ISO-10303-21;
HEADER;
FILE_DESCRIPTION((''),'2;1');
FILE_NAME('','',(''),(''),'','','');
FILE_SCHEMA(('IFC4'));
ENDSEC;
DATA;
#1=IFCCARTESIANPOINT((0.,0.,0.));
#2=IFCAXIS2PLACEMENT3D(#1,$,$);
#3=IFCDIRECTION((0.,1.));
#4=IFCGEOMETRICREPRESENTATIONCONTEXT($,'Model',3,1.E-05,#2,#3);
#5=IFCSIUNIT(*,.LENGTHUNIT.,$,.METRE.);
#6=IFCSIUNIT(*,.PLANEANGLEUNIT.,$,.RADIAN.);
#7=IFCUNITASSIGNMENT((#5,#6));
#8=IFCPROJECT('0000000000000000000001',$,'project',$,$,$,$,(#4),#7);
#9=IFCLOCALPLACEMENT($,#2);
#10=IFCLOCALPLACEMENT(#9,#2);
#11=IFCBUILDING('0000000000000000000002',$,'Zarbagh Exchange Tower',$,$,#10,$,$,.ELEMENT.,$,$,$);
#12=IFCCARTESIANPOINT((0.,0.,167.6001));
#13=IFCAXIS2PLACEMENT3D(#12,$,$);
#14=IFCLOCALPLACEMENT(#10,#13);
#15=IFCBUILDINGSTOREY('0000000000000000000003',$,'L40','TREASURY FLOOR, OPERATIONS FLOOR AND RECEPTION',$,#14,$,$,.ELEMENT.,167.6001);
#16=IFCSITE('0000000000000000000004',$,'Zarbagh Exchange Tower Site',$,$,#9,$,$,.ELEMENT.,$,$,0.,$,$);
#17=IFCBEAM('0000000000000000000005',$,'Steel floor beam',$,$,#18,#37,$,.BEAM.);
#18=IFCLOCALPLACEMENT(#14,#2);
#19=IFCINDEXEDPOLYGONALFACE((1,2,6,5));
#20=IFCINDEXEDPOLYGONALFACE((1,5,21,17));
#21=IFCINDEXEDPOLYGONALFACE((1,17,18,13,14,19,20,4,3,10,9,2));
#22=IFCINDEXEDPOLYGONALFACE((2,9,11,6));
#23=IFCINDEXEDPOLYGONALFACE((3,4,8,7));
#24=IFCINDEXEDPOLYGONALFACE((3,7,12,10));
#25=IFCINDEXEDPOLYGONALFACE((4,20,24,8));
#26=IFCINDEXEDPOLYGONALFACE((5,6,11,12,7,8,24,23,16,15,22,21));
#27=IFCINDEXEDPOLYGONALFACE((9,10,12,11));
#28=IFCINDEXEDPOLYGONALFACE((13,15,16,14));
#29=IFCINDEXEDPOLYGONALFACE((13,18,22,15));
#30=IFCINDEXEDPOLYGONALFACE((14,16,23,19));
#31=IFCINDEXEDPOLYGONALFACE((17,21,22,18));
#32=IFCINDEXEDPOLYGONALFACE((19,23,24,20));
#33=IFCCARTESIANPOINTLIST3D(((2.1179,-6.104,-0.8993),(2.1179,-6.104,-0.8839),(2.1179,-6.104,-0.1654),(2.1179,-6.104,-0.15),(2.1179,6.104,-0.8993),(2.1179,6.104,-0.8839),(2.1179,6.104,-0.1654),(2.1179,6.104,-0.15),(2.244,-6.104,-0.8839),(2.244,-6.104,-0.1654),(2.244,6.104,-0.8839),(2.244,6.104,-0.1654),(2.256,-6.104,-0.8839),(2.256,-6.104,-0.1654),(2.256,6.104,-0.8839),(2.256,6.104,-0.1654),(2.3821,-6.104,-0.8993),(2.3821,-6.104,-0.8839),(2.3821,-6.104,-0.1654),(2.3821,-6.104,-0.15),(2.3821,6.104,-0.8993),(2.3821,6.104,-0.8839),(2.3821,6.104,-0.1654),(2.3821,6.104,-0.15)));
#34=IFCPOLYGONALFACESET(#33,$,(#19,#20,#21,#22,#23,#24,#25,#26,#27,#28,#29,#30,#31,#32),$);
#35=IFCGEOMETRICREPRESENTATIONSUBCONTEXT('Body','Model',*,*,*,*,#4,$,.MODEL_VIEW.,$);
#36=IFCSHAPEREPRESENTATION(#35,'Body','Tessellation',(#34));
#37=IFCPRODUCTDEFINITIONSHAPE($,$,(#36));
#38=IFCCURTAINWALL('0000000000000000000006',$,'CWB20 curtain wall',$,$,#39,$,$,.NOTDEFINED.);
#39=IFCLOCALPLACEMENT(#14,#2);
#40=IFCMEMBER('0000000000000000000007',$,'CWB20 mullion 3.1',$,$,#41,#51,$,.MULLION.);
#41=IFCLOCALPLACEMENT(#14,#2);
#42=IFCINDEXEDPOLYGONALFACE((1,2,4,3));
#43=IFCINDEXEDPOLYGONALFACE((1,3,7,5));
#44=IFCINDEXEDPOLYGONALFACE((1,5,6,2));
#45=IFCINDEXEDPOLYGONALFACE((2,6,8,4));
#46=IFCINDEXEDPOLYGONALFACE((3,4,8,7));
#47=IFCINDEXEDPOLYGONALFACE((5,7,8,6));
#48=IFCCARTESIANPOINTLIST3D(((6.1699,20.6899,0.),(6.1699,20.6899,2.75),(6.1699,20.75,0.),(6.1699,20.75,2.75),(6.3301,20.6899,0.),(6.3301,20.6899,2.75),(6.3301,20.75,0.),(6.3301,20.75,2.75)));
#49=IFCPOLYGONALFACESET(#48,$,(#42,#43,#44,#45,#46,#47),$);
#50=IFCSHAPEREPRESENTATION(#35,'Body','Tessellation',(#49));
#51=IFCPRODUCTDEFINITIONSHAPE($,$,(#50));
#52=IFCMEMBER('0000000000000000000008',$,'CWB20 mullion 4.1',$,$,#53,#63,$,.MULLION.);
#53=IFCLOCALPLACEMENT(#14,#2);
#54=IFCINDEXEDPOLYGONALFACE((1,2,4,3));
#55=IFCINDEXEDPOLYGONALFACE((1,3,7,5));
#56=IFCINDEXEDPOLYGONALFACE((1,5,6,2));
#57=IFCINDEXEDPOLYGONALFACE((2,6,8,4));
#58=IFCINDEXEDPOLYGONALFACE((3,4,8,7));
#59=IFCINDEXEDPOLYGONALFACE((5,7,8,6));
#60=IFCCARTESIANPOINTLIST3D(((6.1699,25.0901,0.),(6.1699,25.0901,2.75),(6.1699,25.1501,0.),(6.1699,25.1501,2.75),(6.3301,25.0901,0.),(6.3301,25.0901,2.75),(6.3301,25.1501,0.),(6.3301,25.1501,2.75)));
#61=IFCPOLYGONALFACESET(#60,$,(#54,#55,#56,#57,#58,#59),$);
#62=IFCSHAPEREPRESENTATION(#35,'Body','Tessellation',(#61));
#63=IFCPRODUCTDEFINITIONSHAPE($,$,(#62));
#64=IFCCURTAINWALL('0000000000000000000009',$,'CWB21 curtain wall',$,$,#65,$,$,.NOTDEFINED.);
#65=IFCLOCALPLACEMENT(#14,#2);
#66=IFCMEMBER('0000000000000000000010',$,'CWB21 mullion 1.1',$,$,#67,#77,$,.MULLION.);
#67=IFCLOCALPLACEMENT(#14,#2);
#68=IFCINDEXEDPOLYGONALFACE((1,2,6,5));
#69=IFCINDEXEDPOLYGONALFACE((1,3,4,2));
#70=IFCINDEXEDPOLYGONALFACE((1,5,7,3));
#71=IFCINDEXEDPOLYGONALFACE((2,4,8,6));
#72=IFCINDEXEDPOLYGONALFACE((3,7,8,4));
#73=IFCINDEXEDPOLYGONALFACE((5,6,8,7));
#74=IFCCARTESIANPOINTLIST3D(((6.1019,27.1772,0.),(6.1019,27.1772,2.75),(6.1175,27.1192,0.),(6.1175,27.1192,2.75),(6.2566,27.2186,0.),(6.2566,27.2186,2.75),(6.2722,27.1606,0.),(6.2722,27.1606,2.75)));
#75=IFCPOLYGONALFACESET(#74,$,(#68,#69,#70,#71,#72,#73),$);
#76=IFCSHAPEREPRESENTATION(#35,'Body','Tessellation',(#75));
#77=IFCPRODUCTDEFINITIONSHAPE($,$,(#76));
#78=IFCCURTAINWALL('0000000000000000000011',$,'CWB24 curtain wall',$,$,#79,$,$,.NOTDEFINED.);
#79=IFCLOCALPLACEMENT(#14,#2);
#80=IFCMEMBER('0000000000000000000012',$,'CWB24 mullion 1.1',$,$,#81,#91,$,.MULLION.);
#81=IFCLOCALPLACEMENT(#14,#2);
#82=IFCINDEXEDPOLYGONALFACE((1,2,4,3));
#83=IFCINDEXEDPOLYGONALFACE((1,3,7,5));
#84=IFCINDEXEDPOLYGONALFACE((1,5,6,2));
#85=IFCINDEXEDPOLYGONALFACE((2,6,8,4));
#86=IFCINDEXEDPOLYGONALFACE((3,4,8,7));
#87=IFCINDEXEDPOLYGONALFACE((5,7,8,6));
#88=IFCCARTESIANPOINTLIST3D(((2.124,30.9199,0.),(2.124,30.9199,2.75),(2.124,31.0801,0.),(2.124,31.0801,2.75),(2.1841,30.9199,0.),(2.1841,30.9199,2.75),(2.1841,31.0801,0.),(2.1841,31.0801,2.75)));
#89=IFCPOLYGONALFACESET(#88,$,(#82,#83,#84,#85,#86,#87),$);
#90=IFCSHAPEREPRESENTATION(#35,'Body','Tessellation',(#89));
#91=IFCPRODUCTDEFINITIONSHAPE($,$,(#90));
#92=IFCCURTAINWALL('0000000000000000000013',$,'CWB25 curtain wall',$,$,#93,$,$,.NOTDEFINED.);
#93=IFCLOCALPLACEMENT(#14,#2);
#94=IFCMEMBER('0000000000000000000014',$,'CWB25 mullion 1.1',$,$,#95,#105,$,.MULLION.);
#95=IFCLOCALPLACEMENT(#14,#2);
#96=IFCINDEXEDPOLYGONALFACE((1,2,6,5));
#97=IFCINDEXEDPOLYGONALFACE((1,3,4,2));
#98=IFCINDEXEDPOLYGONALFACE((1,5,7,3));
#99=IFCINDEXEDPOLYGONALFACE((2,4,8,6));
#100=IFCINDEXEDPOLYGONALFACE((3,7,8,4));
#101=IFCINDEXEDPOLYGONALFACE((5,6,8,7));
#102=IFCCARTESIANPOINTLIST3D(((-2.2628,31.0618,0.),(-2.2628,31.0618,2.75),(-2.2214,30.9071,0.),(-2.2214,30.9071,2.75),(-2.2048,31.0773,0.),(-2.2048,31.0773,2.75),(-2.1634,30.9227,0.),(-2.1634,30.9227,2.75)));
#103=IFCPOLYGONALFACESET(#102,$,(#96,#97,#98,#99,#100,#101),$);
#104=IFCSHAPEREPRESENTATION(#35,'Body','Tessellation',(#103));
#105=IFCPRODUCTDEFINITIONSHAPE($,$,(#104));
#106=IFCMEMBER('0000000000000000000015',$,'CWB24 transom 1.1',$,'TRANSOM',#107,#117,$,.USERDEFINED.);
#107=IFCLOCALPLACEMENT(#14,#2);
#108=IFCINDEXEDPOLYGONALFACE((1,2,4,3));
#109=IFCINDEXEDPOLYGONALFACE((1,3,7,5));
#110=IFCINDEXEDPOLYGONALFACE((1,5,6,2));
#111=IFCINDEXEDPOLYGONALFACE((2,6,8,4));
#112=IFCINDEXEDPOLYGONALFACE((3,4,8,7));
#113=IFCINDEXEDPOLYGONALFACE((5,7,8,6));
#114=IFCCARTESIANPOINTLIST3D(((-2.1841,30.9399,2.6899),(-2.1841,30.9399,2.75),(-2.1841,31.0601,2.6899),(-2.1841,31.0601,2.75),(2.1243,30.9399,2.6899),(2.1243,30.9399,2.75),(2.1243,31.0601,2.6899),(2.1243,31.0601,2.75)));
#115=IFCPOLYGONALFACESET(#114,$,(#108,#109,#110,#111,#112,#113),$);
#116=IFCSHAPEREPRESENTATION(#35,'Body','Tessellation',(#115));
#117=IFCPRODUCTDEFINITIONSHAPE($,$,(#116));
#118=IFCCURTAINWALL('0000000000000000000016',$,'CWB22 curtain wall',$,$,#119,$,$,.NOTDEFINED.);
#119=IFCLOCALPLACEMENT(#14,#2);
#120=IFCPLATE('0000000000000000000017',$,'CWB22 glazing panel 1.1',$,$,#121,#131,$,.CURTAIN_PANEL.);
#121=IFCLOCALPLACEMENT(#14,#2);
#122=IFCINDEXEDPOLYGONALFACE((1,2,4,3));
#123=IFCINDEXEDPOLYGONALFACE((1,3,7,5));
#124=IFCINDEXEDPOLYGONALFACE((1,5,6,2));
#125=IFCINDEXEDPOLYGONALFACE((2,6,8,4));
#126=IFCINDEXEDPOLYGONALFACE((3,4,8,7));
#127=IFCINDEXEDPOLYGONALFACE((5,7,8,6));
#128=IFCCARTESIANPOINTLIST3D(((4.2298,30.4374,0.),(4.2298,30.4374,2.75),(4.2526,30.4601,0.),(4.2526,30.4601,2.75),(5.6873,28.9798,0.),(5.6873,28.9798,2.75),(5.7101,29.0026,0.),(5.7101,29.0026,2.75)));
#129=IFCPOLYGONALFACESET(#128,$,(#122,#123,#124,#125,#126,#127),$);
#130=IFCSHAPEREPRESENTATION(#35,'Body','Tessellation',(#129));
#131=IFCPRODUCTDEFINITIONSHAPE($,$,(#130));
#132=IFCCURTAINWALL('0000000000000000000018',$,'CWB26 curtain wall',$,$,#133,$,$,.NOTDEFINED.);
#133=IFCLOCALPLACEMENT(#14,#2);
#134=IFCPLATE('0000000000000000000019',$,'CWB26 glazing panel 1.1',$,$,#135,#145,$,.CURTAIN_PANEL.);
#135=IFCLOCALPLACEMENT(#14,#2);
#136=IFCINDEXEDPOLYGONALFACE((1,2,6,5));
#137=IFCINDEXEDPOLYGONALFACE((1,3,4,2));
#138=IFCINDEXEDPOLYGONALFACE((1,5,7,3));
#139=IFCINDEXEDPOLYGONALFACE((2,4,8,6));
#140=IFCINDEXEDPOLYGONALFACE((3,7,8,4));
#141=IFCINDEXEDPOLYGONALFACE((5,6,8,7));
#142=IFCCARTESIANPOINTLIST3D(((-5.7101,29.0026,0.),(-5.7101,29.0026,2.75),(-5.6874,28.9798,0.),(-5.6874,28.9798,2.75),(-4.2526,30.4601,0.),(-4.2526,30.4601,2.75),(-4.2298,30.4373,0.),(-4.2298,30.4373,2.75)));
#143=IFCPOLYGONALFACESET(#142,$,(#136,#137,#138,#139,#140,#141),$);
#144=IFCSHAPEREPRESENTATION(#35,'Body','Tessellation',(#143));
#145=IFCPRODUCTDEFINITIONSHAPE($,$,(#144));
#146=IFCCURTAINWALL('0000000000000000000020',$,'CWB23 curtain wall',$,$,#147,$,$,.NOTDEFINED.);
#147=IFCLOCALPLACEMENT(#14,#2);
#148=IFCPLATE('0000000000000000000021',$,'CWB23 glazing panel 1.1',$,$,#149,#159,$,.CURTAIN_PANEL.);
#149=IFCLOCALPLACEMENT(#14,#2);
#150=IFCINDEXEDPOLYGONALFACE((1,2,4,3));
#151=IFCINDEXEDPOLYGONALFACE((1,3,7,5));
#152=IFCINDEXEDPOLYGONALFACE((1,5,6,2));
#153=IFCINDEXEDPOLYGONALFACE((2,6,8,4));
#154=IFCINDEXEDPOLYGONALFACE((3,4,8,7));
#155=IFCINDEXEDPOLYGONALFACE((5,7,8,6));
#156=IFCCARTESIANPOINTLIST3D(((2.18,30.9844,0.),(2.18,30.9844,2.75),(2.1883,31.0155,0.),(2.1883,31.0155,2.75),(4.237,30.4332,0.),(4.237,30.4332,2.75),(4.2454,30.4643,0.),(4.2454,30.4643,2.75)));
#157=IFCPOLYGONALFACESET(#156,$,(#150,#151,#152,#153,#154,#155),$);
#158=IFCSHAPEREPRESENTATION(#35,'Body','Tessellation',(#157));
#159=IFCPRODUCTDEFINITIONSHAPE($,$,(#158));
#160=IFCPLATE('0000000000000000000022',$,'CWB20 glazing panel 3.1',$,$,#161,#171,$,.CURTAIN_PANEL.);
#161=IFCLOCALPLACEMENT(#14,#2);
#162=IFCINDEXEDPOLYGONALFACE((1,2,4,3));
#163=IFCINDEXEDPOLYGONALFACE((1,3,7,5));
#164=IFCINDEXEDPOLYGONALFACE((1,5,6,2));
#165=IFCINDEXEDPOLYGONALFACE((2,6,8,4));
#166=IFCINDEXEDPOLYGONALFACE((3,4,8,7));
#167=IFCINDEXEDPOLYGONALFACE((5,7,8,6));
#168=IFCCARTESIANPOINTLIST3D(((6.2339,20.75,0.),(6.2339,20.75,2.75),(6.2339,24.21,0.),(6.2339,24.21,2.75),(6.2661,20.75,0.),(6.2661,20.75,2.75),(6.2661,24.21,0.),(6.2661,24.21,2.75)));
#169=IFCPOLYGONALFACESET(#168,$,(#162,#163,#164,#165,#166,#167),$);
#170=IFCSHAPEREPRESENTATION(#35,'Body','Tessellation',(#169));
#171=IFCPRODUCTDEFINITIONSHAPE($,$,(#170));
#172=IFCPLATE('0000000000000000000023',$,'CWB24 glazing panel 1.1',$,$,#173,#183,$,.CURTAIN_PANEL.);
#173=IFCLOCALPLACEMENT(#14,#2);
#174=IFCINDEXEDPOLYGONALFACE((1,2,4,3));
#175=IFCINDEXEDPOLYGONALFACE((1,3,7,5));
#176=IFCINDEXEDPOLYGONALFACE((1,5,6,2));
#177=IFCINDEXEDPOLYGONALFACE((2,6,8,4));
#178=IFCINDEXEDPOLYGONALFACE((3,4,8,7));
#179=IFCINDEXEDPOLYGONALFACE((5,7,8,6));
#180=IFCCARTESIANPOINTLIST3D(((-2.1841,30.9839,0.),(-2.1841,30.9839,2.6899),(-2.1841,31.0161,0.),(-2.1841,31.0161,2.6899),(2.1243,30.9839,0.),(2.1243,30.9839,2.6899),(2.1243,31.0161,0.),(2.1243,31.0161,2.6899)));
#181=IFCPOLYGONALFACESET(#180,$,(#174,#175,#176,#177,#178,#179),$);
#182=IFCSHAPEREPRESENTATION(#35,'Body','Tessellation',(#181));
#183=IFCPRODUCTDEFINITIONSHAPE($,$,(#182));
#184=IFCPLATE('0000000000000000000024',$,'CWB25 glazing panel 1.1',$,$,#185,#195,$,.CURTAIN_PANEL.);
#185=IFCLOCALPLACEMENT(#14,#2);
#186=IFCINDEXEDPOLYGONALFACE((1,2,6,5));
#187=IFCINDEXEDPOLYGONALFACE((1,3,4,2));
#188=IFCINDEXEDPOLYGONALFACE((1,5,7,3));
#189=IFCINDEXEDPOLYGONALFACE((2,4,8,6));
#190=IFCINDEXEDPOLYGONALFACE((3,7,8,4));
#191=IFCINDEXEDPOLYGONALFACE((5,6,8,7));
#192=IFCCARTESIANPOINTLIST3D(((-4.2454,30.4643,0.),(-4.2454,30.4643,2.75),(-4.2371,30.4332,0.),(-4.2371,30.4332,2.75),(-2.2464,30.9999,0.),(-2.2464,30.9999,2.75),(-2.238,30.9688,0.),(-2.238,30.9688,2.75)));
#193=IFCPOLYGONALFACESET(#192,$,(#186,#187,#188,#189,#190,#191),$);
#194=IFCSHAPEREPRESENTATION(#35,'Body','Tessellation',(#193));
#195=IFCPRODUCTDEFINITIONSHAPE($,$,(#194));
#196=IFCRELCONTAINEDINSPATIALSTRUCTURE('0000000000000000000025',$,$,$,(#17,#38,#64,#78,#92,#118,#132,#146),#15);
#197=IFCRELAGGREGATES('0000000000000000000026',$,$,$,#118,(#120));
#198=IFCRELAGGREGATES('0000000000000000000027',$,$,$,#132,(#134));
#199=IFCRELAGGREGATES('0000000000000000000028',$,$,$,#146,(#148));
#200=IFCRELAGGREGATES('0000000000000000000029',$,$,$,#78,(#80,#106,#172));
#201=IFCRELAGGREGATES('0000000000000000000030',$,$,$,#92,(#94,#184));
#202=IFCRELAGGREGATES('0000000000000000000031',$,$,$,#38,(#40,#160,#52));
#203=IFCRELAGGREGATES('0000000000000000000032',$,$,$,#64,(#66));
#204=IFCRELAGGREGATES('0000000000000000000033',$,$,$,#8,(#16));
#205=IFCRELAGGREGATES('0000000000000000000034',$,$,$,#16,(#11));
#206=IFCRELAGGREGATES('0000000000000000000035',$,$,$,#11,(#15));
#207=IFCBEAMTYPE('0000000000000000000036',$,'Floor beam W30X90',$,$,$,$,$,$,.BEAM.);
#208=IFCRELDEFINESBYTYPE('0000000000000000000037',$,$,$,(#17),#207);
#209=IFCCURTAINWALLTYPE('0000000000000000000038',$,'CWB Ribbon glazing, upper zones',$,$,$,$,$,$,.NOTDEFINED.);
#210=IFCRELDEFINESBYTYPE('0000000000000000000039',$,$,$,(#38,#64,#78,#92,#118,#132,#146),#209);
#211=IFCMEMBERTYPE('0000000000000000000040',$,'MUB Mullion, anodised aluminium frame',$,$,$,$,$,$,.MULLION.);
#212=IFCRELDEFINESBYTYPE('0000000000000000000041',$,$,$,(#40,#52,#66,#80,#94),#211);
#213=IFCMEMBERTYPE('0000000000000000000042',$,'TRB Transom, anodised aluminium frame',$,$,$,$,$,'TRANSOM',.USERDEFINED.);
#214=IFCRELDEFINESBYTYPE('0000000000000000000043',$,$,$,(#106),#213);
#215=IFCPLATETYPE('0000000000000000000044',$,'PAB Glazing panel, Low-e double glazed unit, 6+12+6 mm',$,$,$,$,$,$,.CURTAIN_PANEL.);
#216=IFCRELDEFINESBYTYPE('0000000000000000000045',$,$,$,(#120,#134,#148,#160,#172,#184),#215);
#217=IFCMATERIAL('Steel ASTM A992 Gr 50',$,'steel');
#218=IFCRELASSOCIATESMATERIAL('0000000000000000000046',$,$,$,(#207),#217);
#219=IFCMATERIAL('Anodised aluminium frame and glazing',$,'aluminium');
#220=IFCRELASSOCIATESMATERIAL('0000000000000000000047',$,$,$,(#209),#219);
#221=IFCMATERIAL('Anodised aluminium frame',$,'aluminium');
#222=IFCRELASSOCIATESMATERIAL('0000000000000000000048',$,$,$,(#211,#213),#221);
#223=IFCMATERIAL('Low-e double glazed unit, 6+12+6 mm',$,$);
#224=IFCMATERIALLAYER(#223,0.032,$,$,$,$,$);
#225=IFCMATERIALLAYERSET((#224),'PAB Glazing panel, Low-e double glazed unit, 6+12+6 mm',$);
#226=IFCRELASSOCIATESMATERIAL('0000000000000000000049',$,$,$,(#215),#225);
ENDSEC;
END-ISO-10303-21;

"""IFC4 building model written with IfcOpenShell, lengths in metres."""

from ifc_helpers import new_model, si_unit, direction, frame, origin, origin_2d, place, context, subcontext, project, spatial, polyline, i_section, outline, extrude, source, transform, mapped, material, layer, layer_set, material_profile, profile_set, type_object, element, aggregate, save


model = new_model("IFC4")

# Units and contexts
model_context = context("Model", 3, precision=1e-05, world=origin(), true_north=direction((0.0, 1.0)))
body_context = subcontext(model_context, "Body", "Model", "MODEL_VIEW")
ifc_project = project(units=[si_unit("LENGTHUNIT", "METRE"), si_unit("PLANEANGLEUNIT", "RADIAN")], contexts=[model_context])

# Site, building, storey
site_placement = place(None, origin())
site = spatial("IfcSite", under=ifc_project, at=site_placement, Name="Zarbagh Exchange Tower Site", CompositionType="ELEMENT", RefElevation=0.0)
building_placement = place(site_placement, origin())
building = spatial("IfcBuilding", under=site, at=building_placement, Name="Zarbagh Exchange Tower", CompositionType="ELEMENT")
storey_placement = place(building_placement, frame((0.0, 0.0, 167.6001)))
storey = spatial("IfcBuildingStorey", under=building, at=storey_placement, Name="L40", Description="TREASURY FLOOR, OPERATIONS FLOOR AND RECEPTION", CompositionType="ELEMENT", Elevation=167.6001)

# Beam
ifc_material_1 = material(Name="Steel ASTM A992 Gr 50", Category="steel")
ifc_material_profile = material_profile(ifc_material_1, i_section(OverallWidth=0.2642, OverallDepth=0.7493, WebThickness=0.012, FlangeThickness=0.0154, at=origin_2d()), Name="W30X90")
ifc_profile_set = profile_set([ifc_material_profile], Name="Steel ASTM A992 Gr 50")
beam_type = type_object("IfcBeamType", Name="Floor beam W30X90", PredefinedType="BEAM", material=ifc_profile_set)
beam_placement = place(storey_placement, frame((2.25, -6.104, -0.5247), z_axis=(0.0, 1.0, 0.0), x_axis=(-1.0, 0.0, 0.0)))
element("IfcBeam", 1, at=beam_placement, inside=storey, type_object=beam_type, Name="Steel floor beam", PredefinedType="BEAM", context=body_context, shape_type="SweptSolid", body=[
    extrude(i_section(OverallWidth=0.2642, OverallDepth=0.7493, WebThickness=0.012, FlangeThickness=0.0154, at=origin_2d()), origin(), (0.0, 0.0, 1.0), 12.208),
])

# Curtain wall, members
ifc_material_2 = material(Name="Anodised aluminium frame and glazing", Category="aluminium")
curtain_wall_type = type_object("IfcCurtainWallType", Name="CWB Ribbon glazing, upper zones", PredefinedType="NOTDEFINED", material=ifc_material_2)
curtain_wall_1_placement = place(storey_placement, origin())
curtain_wall_1 = element("IfcCurtainWall", 2, at=curtain_wall_1_placement, inside=storey, type_object=curtain_wall_type, Name="CWB20 curtain wall", PredefinedType="NOTDEFINED")
ifc_material_3 = material(Name="Anodised aluminium frame", Category="aluminium")
member_type_1 = type_object("IfcMemberType", Name="MUB Mullion, anodised aluminium frame", PredefinedType="MULLION", material=ifc_material_3)
shared_shape_1 = source(origin(), body_context, "Body", "SweptSolid", [
    extrude(outline(polyline([(0.0, -0.0801), (0.0601, -0.0801), (0.0601, 0.0801), (0.0, 0.0801), (0.0, -0.0801)])), origin(), (0.0, 0.0, 1.0), 2.75),
])
placement = place(storey_placement, origin())
member_1 = element("IfcMember", 3, at=placement, type_object=member_type_1, Name="CWB20 mullion 3.1", PredefinedType="MULLION", context=body_context, shape_type="MappedRepresentation", body=[
    mapped(shared_shape_1, transform((6.25, 20.6899, 0.0), x_axis=(0.0, 1.0, 0.0), y_axis=(-1.0, 0.0, 0.0), z_axis=(0.0, 0.0, 1.0))),
])
member_2 = element("IfcMember", 4, at=placement, type_object=member_type_1, Name="CWB20 mullion 4.1", PredefinedType="MULLION", context=body_context, shape_type="MappedRepresentation", body=[
    mapped(shared_shape_1, transform((6.25, 25.0901, 0.0), x_axis=(0.0, 1.0, 0.0), y_axis=(-1.0, 0.0, 0.0), z_axis=(0.0, 0.0, 1.0))),
])

# Curtain walls, members
curtain_wall_2_placement = place(storey_placement, origin())
curtain_wall_2 = element("IfcCurtainWall", 5, at=curtain_wall_2_placement, inside=storey, type_object=curtain_wall_type, Name="CWB21 curtain wall", PredefinedType="NOTDEFINED")
member_3 = element("IfcMember", 6, at=placement, type_object=member_type_1, Name="CWB21 mullion 1.1", PredefinedType="MULLION", context=body_context, shape_type="MappedRepresentation", body=[
    mapped(shared_shape_1, transform((6.1948, 27.1399, 0.0), x_axis=(-0.258825, 0.965924, 0.0), y_axis=(-0.965924, -0.258825, 0.0), z_axis=(0.0, 0.0, 1.0))),
])
curtain_wall_3_placement = place(storey_placement, origin())
curtain_wall_3 = element("IfcCurtainWall", 7, at=curtain_wall_3_placement, inside=storey, type_object=curtain_wall_type, Name="CWB24 curtain wall", PredefinedType="NOTDEFINED")
member_4 = element("IfcMember", 8, at=placement, type_object=member_type_1, Name="CWB24 mullion 1.1", PredefinedType="MULLION", context=body_context, shape_type="MappedRepresentation", body=[
    mapped(shared_shape_1, transform((2.1841, 31.0, 0.0), x_axis=(-1.0, 0.0, 0.0), y_axis=(0.0, -1.0, 0.0), z_axis=(0.0, 0.0, 1.0))),
])
curtain_wall_4_placement = place(storey_placement, origin())
curtain_wall_4 = element("IfcCurtainWall", 9, at=curtain_wall_4_placement, inside=storey, type_object=curtain_wall_type, Name="CWB25 curtain wall", PredefinedType="NOTDEFINED")
member_5 = element("IfcMember", 10, at=placement, type_object=member_type_1, Name="CWB25 mullion 1.1", PredefinedType="MULLION", context=body_context, shape_type="MappedRepresentation", body=[
    mapped(shared_shape_1, transform((-2.1841, 31.0, 0.0), x_axis=(-0.965924, -0.258825, 0.0), y_axis=(0.258825, -0.965924, 0.0), z_axis=(0.0, 0.0, 1.0))),
])

# Member
member_type_2 = type_object("IfcMemberType", Name="TRB Transom, anodised aluminium frame", ElementType="TRANSOM", PredefinedType="USERDEFINED", material=ifc_material_3)
shared_shape_2 = source(origin(), body_context, "Body", "SweptSolid", [
    extrude(outline(polyline([(-0.0601, -0.0601), (0.0, -0.0601), (0.0, 0.0601), (-0.0601, 0.0601), (-0.0601, -0.0601)])), origin(), (0.0, 0.0, 1.0), 4.3083),
])
member_6 = element("IfcMember", 11, at=placement, type_object=member_type_2, Name="CWB24 transom 1.1", ObjectType="TRANSOM", PredefinedType="USERDEFINED", context=body_context, shape_type="MappedRepresentation", body=[
    mapped(shared_shape_2, transform((2.1243, 31.0, 2.75), x_axis=(0.0, 0.0, 1.0), y_axis=(0.0, 1.0, 0.0), z_axis=(-1.0, 0.0, 0.0))),
])

# Curtain walls, plates
curtain_wall_5_placement = place(storey_placement, origin())
curtain_wall_5 = element("IfcCurtainWall", 12, at=curtain_wall_5_placement, inside=storey, type_object=curtain_wall_type, Name="CWB22 curtain wall", PredefinedType="NOTDEFINED")
ifc_material_4 = material(Name="Low-e double glazed unit, 6+12+6 mm")
ifc_layer_1 = layer(ifc_material_4, 0.032)
ifc_layer_set_1 = layer_set([ifc_layer_1], Name="PAB Glazing panel, Low-e double glazed unit, 6+12+6 mm")
plate_type = type_object("IfcPlateType", Name="PAB Glazing panel, Low-e double glazed unit, 6+12+6 mm", PredefinedType="CURTAIN_PANEL", material=ifc_layer_set_1)
shared_shape_3 = source(origin(), body_context, "Body", "SweptSolid", [
    extrude(outline(polyline([(0.0, -0.0161), (2.0613, -0.0161), (2.0613, 0.0161), (0.0, 0.0161), (0.0, -0.0161)])), origin(), (0.0, 0.0, 1.0), 2.75),
])
plate_1 = element("IfcPlate", 13, at=placement, type_object=plate_type, Name="CWB22 glazing panel 1.1", PredefinedType="CURTAIN_PANEL", context=body_context, shape_type="MappedRepresentation", body=[
    mapped(shared_shape_3, transform((5.6987, 28.9912, 0.0), x_axis=(-0.707107, 0.707107, 0.0), y_axis=(-0.707107, -0.707107, 0.0), z_axis=(0.0, 0.0, 1.0))),
])
aggregate(curtain_wall_5, [plate_1])
curtain_wall_6_placement = place(storey_placement, origin())
curtain_wall_6 = element("IfcCurtainWall", 14, at=curtain_wall_6_placement, inside=storey, type_object=curtain_wall_type, Name="CWB26 curtain wall", PredefinedType="NOTDEFINED")
plate_2 = element("IfcPlate", 15, at=placement, type_object=plate_type, Name="CWB26 glazing panel 1.1", PredefinedType="CURTAIN_PANEL", context=body_context, shape_type="MappedRepresentation", body=[
    mapped(shared_shape_3, transform((-4.2412, 30.4487, 0.0), x_axis=(-0.707107, -0.707107, 0.0), y_axis=(0.707107, -0.707107, 0.0), z_axis=(0.0, 0.0, 1.0))),
])
aggregate(curtain_wall_6, [plate_2])
curtain_wall_7_placement = place(storey_placement, origin())
curtain_wall_7 = element("IfcCurtainWall", 16, at=curtain_wall_7_placement, inside=storey, type_object=curtain_wall_type, Name="CWB23 curtain wall", PredefinedType="NOTDEFINED")
shared_shape_4 = source(origin(), body_context, "Body", "SweptSolid", [
    extrude(outline(polyline([(0.0, -0.0161), (2.1296, -0.0161), (2.1296, 0.0161), (0.0, 0.0161), (0.0, -0.0161)])), origin(), (0.0, 0.0, 1.0), 2.75),
])
plate_3 = element("IfcPlate", 17, at=placement, type_object=plate_type, Name="CWB23 glazing panel 1.1", PredefinedType="CURTAIN_PANEL", context=body_context, shape_type="MappedRepresentation", body=[
    mapped(shared_shape_4, transform((4.2412, 30.4487, 0.0), x_axis=(-0.965924, 0.258825, 0.0), y_axis=(-0.258825, -0.965924, 0.0), z_axis=(0.0, 0.0, 1.0))),
])
aggregate(curtain_wall_7, [plate_3])

# Plates
shared_shape_5 = source(origin(), body_context, "Body", "SweptSolid", [
    extrude(outline(polyline([(0.0, -0.0161), (3.46, -0.0161), (3.46, 0.0161), (0.0, 0.0161), (0.0, -0.0161)])), origin(), (0.0, 0.0, 1.0), 2.75),
])
plate_4 = element("IfcPlate", 18, at=placement, type_object=plate_type, Name="CWB20 glazing panel 3.1", PredefinedType="CURTAIN_PANEL", context=body_context, shape_type="MappedRepresentation", body=[
    mapped(shared_shape_5, transform((6.25, 20.75, 0.0), x_axis=(0.0, 1.0, 0.0), y_axis=(-1.0, 0.0, 0.0), z_axis=(0.0, 0.0, 1.0))),
])
shared_shape_6 = source(origin(), body_context, "Body", "SweptSolid", [
    extrude(outline(polyline([(0.0, -0.0161), (4.3083, -0.0161), (4.3083, 0.0161), (0.0, 0.0161), (0.0, -0.0161)])), origin(), (0.0, 0.0, 1.0), 2.6899),
])
plate_5 = element("IfcPlate", 19, at=placement, type_object=plate_type, Name="CWB24 glazing panel 1.1", PredefinedType="CURTAIN_PANEL", context=body_context, shape_type="MappedRepresentation", body=[
    mapped(shared_shape_6, transform((2.1243, 31.0, 0.0), x_axis=(-1.0, 0.0, 0.0), y_axis=(0.0, -1.0, 0.0), z_axis=(0.0, 0.0, 1.0))),
])
aggregate(curtain_wall_3, [member_4, member_6, plate_5])
shared_shape_7 = source(origin(), body_context, "Body", "SweptSolid", [
    extrude(outline(polyline([(0.0, -0.0161), (2.0696, -0.0161), (2.0696, 0.0161), (0.0, 0.0161), (0.0, -0.0161)])), origin(), (0.0, 0.0, 1.0), 2.75),
])
plate_6 = element("IfcPlate", 20, at=placement, type_object=plate_type, Name="CWB25 glazing panel 1.1", PredefinedType="CURTAIN_PANEL", context=body_context, shape_type="MappedRepresentation", body=[
    mapped(shared_shape_7, transform((-2.2422, 30.9844, 0.0), x_axis=(-0.965924, -0.258825, 0.0), y_axis=(0.258825, -0.965924, 0.0), z_axis=(0.0, 0.0, 1.0))),
])
aggregate(curtain_wall_4, [member_5, plate_6])
aggregate(curtain_wall_1, [member_1, plate_4, member_2])
aggregate(curtain_wall_2, [member_3])

save(model, "model.ifc")
